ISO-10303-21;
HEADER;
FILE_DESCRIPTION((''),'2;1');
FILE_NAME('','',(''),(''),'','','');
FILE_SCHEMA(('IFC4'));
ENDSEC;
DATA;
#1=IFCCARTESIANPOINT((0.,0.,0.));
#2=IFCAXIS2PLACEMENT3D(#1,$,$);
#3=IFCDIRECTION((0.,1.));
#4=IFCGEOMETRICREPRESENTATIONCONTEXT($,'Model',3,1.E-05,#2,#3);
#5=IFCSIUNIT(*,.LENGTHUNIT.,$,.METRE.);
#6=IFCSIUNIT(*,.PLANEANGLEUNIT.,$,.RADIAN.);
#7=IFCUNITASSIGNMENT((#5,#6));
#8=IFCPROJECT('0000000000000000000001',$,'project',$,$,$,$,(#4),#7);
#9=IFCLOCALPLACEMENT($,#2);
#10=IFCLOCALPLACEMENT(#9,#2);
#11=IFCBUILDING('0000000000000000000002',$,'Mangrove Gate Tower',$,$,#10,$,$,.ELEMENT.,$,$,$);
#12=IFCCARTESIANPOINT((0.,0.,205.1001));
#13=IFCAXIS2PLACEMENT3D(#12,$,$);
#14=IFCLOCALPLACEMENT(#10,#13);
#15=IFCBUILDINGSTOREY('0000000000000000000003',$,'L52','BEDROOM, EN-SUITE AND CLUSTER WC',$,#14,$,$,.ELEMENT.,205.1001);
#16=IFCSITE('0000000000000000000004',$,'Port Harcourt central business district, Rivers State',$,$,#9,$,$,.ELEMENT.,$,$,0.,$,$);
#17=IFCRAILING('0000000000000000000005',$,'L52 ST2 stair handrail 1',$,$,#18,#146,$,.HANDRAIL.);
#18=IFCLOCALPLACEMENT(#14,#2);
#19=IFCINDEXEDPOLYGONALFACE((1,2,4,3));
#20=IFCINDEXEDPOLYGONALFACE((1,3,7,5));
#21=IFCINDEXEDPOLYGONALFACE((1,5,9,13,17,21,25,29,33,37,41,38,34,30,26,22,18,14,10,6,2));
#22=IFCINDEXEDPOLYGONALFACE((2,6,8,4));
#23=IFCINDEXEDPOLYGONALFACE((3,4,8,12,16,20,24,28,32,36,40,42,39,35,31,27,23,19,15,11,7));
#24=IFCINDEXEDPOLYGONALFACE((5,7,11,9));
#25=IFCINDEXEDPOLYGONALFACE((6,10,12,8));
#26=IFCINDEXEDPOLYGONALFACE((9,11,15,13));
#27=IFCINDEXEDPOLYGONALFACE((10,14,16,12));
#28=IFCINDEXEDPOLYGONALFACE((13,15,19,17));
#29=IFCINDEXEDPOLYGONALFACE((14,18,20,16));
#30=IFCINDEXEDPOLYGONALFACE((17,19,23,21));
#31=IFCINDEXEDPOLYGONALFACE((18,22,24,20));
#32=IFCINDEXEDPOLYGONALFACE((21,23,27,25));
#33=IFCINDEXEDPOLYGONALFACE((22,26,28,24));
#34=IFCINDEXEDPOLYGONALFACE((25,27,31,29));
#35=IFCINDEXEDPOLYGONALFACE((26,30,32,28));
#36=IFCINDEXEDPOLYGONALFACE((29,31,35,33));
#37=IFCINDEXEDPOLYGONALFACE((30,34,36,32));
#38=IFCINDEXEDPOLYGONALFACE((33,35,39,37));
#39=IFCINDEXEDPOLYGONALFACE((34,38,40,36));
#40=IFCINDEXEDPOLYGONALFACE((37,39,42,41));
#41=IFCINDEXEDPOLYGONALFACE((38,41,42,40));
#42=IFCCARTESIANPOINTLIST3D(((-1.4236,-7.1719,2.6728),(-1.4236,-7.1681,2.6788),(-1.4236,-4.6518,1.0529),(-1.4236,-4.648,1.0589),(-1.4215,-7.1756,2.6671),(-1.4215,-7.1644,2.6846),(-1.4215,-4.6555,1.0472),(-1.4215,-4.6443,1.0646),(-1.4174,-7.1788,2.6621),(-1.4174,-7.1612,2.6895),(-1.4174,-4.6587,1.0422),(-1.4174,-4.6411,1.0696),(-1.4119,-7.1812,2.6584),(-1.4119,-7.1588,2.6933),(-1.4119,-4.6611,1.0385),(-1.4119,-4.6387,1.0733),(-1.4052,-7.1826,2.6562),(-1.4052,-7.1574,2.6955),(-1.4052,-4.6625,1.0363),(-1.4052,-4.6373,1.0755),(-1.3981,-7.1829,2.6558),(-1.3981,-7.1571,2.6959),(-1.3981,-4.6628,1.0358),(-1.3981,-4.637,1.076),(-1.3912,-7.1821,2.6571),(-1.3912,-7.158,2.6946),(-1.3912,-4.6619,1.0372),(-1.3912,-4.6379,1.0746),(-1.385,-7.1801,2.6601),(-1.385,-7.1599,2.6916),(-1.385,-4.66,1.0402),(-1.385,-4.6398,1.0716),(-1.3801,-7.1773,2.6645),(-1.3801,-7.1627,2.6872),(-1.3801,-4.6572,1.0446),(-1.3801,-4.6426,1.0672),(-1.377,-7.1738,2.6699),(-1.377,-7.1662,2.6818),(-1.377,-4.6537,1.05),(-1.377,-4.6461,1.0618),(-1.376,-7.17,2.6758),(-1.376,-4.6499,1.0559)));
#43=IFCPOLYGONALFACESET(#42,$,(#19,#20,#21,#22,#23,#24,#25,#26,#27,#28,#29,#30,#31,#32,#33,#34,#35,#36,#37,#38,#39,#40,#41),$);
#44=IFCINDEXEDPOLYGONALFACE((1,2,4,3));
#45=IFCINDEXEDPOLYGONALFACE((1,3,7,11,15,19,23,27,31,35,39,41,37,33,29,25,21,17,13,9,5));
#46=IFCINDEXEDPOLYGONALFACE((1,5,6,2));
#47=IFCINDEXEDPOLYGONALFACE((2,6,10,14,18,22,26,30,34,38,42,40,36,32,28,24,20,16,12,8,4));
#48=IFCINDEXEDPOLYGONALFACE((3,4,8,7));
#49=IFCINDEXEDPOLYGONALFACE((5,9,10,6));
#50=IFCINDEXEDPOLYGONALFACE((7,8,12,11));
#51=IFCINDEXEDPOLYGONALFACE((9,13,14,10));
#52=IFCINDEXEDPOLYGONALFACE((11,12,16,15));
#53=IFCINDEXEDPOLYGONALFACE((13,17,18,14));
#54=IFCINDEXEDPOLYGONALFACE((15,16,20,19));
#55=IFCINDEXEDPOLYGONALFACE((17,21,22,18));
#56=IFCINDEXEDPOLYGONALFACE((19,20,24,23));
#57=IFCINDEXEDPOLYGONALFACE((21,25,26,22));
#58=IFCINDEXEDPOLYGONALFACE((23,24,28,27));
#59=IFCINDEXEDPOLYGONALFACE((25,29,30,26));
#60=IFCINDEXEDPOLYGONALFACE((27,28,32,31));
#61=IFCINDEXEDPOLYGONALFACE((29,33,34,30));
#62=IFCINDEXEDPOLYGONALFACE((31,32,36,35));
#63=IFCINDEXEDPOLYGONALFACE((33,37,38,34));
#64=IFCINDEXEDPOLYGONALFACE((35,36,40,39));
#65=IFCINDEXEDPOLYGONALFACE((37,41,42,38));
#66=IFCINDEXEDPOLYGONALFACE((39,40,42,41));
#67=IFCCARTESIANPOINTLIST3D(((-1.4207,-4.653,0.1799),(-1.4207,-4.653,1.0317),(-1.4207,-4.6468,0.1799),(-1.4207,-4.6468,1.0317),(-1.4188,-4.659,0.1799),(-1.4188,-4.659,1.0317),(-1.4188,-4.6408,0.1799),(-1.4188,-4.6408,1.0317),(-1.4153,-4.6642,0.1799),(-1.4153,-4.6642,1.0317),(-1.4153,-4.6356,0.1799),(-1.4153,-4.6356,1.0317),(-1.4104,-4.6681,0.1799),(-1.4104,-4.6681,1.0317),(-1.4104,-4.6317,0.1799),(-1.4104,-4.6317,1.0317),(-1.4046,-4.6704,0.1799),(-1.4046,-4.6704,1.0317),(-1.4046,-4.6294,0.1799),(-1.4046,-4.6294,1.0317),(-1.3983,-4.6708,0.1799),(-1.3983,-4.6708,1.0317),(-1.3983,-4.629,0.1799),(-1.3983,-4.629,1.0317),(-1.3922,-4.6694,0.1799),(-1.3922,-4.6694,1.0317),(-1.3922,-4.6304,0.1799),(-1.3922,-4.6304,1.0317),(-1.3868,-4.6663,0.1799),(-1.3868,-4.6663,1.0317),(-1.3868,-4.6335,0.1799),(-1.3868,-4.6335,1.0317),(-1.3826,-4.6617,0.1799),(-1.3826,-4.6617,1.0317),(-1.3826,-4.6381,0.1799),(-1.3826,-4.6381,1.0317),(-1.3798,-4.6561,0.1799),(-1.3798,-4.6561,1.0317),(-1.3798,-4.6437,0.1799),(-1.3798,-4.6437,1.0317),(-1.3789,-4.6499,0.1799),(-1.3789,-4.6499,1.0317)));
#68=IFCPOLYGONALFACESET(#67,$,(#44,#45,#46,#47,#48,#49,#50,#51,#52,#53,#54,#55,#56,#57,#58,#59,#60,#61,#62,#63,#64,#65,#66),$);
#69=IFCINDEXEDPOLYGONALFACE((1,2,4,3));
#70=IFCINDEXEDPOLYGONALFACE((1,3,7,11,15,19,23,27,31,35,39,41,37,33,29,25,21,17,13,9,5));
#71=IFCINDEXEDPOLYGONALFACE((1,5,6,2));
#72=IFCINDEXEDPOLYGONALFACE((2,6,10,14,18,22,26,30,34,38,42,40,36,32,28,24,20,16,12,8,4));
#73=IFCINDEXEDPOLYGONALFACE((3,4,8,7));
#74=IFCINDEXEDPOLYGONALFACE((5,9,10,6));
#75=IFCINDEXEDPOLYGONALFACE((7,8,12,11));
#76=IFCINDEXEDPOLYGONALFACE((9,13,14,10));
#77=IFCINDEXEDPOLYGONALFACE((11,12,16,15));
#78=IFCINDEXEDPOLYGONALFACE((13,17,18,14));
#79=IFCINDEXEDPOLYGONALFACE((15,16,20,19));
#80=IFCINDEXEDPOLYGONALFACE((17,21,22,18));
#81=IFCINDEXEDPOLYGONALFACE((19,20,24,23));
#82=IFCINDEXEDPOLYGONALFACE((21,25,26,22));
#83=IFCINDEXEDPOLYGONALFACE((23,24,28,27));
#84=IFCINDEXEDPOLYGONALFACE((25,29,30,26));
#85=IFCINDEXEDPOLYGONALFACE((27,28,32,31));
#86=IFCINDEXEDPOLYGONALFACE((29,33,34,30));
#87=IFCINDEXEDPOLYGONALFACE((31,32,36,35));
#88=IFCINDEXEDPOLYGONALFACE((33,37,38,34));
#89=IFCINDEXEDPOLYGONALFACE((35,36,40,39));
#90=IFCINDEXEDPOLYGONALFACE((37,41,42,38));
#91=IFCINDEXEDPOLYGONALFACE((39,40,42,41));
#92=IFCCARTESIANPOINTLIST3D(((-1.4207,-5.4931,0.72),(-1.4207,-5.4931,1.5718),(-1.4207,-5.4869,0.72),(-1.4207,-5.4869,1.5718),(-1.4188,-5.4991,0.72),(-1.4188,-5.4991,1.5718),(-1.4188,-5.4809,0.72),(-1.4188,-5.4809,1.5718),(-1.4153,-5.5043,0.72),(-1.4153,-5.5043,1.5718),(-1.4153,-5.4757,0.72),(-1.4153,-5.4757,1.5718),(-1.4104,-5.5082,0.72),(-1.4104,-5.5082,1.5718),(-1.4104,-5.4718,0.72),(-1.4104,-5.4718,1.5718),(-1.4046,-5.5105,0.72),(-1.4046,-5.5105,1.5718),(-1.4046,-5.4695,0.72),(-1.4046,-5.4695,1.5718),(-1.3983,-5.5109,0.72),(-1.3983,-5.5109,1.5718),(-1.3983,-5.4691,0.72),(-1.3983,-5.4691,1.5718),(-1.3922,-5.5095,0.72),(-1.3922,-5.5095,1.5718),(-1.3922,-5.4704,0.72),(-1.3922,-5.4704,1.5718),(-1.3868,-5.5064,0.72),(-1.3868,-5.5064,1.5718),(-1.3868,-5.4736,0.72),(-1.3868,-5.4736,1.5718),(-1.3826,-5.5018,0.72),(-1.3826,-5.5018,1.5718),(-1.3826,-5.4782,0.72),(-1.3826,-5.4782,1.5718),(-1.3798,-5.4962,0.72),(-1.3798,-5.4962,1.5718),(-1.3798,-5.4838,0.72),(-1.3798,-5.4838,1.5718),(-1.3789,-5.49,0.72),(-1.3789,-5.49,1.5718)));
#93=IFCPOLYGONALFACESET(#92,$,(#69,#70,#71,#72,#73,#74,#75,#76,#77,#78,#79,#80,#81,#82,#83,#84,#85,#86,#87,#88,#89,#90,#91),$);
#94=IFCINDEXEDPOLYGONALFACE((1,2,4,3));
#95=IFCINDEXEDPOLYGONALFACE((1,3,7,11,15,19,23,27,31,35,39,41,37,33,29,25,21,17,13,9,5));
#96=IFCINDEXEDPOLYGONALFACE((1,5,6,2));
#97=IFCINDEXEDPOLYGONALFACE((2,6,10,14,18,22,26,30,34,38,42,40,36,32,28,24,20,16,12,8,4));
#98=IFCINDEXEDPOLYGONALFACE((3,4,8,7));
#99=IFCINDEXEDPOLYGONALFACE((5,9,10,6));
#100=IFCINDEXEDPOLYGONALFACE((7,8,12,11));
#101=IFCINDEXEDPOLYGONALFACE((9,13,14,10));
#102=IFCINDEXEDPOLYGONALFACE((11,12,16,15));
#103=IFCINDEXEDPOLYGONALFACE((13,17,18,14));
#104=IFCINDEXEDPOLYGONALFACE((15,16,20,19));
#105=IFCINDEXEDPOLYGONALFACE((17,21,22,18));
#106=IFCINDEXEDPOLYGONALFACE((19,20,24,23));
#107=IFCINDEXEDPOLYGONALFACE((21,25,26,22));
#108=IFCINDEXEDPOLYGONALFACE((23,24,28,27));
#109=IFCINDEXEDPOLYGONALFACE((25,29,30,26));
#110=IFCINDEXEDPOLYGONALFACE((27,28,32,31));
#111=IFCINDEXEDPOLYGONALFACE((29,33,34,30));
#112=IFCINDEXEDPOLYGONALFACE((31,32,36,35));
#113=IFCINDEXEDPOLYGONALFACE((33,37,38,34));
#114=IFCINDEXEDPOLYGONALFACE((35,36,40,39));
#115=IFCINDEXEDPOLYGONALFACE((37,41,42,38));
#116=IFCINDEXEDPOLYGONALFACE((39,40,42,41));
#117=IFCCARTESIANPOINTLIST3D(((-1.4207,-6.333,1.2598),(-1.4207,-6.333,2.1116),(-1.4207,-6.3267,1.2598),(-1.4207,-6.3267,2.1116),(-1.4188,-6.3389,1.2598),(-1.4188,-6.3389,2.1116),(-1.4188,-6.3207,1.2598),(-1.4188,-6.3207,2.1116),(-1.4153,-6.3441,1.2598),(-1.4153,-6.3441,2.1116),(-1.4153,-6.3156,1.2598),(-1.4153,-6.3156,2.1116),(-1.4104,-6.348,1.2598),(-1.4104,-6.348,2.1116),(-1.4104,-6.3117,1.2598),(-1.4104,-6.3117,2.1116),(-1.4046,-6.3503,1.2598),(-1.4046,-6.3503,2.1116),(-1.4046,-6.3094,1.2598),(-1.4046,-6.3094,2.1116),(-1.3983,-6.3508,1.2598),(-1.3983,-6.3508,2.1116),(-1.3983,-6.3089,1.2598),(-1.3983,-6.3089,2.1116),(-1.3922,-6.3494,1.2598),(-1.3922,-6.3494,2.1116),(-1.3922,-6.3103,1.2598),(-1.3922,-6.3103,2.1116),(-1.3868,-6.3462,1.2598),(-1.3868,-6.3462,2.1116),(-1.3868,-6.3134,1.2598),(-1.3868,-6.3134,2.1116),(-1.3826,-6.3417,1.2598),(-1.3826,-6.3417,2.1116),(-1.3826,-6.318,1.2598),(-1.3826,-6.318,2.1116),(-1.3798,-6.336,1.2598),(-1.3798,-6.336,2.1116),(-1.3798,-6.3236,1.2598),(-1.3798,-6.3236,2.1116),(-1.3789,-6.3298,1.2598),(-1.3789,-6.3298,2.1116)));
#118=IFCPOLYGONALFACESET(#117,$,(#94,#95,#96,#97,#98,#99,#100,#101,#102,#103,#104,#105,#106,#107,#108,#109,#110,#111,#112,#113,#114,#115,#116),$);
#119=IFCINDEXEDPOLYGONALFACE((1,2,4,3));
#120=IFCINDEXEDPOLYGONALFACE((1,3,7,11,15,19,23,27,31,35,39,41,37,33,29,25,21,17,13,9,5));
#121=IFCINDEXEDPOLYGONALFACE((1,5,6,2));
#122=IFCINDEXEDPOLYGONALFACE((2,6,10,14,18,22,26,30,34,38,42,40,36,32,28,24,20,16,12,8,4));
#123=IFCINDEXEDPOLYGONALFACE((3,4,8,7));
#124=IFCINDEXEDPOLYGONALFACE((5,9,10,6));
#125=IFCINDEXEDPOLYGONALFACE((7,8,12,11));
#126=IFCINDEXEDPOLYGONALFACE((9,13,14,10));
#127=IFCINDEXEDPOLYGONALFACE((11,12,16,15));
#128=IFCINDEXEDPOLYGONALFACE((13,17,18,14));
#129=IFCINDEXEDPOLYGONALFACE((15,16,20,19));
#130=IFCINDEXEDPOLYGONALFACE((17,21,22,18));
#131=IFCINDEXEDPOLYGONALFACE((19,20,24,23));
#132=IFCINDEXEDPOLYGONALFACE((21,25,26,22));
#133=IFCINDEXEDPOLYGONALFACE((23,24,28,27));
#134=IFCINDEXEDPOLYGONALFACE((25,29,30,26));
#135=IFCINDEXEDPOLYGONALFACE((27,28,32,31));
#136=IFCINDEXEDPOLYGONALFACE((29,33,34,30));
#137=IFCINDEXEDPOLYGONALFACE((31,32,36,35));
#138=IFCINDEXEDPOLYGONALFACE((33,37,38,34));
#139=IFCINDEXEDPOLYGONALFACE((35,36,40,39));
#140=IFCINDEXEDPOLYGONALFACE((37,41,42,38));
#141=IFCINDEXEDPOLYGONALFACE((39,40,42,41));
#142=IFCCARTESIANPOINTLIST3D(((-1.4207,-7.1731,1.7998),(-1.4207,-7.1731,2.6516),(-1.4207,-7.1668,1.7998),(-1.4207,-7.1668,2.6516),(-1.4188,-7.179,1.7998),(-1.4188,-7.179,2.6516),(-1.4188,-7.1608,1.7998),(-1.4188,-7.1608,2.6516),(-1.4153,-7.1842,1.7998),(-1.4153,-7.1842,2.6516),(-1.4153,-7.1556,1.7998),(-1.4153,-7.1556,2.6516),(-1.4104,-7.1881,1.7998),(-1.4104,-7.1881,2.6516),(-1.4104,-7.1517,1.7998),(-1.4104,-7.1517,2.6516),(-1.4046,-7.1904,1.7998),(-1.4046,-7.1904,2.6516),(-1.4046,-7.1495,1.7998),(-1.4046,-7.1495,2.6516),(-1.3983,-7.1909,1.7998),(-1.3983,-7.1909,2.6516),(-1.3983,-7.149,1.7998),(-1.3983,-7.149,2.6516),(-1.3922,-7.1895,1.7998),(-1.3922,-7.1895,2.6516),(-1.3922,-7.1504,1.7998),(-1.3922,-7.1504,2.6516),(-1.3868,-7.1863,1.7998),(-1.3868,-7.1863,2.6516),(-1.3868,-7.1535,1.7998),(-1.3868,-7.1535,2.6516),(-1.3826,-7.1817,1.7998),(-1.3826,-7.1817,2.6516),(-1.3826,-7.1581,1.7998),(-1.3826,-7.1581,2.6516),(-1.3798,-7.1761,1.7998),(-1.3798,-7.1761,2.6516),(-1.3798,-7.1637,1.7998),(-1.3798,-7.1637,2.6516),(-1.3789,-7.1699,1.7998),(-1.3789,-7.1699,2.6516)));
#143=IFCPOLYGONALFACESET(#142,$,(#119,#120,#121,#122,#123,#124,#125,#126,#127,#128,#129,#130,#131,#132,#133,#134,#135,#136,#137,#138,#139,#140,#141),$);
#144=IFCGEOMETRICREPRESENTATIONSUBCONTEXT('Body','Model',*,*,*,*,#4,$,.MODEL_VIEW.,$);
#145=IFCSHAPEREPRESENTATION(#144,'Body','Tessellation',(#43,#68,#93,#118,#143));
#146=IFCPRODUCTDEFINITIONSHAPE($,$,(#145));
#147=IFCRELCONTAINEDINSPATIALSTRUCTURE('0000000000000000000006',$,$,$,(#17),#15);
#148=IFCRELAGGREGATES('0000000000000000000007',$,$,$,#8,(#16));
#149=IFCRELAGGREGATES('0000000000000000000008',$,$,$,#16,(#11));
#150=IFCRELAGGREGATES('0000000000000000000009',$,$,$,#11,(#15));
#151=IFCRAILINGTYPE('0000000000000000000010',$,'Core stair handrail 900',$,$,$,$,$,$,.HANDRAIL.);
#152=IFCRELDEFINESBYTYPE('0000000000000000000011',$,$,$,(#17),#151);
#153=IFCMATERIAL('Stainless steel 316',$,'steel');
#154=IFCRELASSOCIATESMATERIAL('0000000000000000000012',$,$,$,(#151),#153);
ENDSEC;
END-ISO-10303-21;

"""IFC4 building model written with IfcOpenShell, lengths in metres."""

from ifc_helpers import new_model, si_unit, direction, frame, origin, origin_2d, place, context, subcontext, project, spatial, circle, extrude, material, type_object, element, save


model = new_model("IFC4")

# Units and contexts
model_context = context("Model", 3, precision=1e-05, world=origin(), true_north=direction((0.0, 1.0)))
body_context = subcontext(model_context, "Body", "Model", "MODEL_VIEW")
ifc_project = project(units=[si_unit("LENGTHUNIT", "METRE"), si_unit("PLANEANGLEUNIT", "RADIAN")], contexts=[model_context])

# Site, building, storey
site_placement = place(None, origin())
site = spatial("IfcSite", under=ifc_project, at=site_placement, Name="Port Harcourt central business district, Rivers State", CompositionType="ELEMENT", RefElevation=0.0)
building_placement = place(site_placement, origin())
building = spatial("IfcBuilding", under=site, at=building_placement, Name="Mangrove Gate Tower", CompositionType="ELEMENT")
storey_placement = place(building_placement, frame((0.0, 0.0, 205.1001)))
storey = spatial("IfcBuildingStorey", under=building, at=storey_placement, Name="L52", Description="BEDROOM, EN-SUITE AND CLUSTER WC", CompositionType="ELEMENT", Elevation=205.1001)

# Railing
ifc_material_1 = material(Name="Stainless steel 316", Category="steel")
railing_type_1 = type_object("IfcRailingType", Name="Core stair handrail 900", PredefinedType="HANDRAIL", material=ifc_material_1)
railing_1_placement = place(storey_placement, frame((-1.3999, -4.6499, 0.1799)))
element("IfcRailing", 1, at=railing_1_placement, inside=storey, type_object=railing_type_1, Name="L52 ST2 stair handrail 1", PredefinedType="HANDRAIL", context=body_context, shape_type="SweptSolid", body=[
    extrude(circle(Radius=0.0239, at=origin_2d()), frame((0.0, 0.0, 0.876), z_axis=(0.0, -0.8412, 0.540725), x_axis=(1.0, 0.0, 0.0)), (0.0, 0.0, 1.0), 2.9958),
    extrude(circle(Radius=0.021, at=origin_2d()), origin(), (0.0, 0.0, 1.0), 0.8518),
    extrude(circle(Radius=0.021, at=origin_2d()), frame((0.0, -0.8401, 0.54)), (0.0, 0.0, 1.0), 0.8518),
    extrude(circle(Radius=0.021, at=origin_2d()), frame((0.0, -1.6799, 1.0798)), (0.0, 0.0, 1.0), 0.8518),
    extrude(circle(Radius=0.021, at=origin_2d()), frame((0.0, -2.52, 1.6199)), (0.0, 0.0, 1.0), 0.8518),
])

save(model, "model.ifc")
